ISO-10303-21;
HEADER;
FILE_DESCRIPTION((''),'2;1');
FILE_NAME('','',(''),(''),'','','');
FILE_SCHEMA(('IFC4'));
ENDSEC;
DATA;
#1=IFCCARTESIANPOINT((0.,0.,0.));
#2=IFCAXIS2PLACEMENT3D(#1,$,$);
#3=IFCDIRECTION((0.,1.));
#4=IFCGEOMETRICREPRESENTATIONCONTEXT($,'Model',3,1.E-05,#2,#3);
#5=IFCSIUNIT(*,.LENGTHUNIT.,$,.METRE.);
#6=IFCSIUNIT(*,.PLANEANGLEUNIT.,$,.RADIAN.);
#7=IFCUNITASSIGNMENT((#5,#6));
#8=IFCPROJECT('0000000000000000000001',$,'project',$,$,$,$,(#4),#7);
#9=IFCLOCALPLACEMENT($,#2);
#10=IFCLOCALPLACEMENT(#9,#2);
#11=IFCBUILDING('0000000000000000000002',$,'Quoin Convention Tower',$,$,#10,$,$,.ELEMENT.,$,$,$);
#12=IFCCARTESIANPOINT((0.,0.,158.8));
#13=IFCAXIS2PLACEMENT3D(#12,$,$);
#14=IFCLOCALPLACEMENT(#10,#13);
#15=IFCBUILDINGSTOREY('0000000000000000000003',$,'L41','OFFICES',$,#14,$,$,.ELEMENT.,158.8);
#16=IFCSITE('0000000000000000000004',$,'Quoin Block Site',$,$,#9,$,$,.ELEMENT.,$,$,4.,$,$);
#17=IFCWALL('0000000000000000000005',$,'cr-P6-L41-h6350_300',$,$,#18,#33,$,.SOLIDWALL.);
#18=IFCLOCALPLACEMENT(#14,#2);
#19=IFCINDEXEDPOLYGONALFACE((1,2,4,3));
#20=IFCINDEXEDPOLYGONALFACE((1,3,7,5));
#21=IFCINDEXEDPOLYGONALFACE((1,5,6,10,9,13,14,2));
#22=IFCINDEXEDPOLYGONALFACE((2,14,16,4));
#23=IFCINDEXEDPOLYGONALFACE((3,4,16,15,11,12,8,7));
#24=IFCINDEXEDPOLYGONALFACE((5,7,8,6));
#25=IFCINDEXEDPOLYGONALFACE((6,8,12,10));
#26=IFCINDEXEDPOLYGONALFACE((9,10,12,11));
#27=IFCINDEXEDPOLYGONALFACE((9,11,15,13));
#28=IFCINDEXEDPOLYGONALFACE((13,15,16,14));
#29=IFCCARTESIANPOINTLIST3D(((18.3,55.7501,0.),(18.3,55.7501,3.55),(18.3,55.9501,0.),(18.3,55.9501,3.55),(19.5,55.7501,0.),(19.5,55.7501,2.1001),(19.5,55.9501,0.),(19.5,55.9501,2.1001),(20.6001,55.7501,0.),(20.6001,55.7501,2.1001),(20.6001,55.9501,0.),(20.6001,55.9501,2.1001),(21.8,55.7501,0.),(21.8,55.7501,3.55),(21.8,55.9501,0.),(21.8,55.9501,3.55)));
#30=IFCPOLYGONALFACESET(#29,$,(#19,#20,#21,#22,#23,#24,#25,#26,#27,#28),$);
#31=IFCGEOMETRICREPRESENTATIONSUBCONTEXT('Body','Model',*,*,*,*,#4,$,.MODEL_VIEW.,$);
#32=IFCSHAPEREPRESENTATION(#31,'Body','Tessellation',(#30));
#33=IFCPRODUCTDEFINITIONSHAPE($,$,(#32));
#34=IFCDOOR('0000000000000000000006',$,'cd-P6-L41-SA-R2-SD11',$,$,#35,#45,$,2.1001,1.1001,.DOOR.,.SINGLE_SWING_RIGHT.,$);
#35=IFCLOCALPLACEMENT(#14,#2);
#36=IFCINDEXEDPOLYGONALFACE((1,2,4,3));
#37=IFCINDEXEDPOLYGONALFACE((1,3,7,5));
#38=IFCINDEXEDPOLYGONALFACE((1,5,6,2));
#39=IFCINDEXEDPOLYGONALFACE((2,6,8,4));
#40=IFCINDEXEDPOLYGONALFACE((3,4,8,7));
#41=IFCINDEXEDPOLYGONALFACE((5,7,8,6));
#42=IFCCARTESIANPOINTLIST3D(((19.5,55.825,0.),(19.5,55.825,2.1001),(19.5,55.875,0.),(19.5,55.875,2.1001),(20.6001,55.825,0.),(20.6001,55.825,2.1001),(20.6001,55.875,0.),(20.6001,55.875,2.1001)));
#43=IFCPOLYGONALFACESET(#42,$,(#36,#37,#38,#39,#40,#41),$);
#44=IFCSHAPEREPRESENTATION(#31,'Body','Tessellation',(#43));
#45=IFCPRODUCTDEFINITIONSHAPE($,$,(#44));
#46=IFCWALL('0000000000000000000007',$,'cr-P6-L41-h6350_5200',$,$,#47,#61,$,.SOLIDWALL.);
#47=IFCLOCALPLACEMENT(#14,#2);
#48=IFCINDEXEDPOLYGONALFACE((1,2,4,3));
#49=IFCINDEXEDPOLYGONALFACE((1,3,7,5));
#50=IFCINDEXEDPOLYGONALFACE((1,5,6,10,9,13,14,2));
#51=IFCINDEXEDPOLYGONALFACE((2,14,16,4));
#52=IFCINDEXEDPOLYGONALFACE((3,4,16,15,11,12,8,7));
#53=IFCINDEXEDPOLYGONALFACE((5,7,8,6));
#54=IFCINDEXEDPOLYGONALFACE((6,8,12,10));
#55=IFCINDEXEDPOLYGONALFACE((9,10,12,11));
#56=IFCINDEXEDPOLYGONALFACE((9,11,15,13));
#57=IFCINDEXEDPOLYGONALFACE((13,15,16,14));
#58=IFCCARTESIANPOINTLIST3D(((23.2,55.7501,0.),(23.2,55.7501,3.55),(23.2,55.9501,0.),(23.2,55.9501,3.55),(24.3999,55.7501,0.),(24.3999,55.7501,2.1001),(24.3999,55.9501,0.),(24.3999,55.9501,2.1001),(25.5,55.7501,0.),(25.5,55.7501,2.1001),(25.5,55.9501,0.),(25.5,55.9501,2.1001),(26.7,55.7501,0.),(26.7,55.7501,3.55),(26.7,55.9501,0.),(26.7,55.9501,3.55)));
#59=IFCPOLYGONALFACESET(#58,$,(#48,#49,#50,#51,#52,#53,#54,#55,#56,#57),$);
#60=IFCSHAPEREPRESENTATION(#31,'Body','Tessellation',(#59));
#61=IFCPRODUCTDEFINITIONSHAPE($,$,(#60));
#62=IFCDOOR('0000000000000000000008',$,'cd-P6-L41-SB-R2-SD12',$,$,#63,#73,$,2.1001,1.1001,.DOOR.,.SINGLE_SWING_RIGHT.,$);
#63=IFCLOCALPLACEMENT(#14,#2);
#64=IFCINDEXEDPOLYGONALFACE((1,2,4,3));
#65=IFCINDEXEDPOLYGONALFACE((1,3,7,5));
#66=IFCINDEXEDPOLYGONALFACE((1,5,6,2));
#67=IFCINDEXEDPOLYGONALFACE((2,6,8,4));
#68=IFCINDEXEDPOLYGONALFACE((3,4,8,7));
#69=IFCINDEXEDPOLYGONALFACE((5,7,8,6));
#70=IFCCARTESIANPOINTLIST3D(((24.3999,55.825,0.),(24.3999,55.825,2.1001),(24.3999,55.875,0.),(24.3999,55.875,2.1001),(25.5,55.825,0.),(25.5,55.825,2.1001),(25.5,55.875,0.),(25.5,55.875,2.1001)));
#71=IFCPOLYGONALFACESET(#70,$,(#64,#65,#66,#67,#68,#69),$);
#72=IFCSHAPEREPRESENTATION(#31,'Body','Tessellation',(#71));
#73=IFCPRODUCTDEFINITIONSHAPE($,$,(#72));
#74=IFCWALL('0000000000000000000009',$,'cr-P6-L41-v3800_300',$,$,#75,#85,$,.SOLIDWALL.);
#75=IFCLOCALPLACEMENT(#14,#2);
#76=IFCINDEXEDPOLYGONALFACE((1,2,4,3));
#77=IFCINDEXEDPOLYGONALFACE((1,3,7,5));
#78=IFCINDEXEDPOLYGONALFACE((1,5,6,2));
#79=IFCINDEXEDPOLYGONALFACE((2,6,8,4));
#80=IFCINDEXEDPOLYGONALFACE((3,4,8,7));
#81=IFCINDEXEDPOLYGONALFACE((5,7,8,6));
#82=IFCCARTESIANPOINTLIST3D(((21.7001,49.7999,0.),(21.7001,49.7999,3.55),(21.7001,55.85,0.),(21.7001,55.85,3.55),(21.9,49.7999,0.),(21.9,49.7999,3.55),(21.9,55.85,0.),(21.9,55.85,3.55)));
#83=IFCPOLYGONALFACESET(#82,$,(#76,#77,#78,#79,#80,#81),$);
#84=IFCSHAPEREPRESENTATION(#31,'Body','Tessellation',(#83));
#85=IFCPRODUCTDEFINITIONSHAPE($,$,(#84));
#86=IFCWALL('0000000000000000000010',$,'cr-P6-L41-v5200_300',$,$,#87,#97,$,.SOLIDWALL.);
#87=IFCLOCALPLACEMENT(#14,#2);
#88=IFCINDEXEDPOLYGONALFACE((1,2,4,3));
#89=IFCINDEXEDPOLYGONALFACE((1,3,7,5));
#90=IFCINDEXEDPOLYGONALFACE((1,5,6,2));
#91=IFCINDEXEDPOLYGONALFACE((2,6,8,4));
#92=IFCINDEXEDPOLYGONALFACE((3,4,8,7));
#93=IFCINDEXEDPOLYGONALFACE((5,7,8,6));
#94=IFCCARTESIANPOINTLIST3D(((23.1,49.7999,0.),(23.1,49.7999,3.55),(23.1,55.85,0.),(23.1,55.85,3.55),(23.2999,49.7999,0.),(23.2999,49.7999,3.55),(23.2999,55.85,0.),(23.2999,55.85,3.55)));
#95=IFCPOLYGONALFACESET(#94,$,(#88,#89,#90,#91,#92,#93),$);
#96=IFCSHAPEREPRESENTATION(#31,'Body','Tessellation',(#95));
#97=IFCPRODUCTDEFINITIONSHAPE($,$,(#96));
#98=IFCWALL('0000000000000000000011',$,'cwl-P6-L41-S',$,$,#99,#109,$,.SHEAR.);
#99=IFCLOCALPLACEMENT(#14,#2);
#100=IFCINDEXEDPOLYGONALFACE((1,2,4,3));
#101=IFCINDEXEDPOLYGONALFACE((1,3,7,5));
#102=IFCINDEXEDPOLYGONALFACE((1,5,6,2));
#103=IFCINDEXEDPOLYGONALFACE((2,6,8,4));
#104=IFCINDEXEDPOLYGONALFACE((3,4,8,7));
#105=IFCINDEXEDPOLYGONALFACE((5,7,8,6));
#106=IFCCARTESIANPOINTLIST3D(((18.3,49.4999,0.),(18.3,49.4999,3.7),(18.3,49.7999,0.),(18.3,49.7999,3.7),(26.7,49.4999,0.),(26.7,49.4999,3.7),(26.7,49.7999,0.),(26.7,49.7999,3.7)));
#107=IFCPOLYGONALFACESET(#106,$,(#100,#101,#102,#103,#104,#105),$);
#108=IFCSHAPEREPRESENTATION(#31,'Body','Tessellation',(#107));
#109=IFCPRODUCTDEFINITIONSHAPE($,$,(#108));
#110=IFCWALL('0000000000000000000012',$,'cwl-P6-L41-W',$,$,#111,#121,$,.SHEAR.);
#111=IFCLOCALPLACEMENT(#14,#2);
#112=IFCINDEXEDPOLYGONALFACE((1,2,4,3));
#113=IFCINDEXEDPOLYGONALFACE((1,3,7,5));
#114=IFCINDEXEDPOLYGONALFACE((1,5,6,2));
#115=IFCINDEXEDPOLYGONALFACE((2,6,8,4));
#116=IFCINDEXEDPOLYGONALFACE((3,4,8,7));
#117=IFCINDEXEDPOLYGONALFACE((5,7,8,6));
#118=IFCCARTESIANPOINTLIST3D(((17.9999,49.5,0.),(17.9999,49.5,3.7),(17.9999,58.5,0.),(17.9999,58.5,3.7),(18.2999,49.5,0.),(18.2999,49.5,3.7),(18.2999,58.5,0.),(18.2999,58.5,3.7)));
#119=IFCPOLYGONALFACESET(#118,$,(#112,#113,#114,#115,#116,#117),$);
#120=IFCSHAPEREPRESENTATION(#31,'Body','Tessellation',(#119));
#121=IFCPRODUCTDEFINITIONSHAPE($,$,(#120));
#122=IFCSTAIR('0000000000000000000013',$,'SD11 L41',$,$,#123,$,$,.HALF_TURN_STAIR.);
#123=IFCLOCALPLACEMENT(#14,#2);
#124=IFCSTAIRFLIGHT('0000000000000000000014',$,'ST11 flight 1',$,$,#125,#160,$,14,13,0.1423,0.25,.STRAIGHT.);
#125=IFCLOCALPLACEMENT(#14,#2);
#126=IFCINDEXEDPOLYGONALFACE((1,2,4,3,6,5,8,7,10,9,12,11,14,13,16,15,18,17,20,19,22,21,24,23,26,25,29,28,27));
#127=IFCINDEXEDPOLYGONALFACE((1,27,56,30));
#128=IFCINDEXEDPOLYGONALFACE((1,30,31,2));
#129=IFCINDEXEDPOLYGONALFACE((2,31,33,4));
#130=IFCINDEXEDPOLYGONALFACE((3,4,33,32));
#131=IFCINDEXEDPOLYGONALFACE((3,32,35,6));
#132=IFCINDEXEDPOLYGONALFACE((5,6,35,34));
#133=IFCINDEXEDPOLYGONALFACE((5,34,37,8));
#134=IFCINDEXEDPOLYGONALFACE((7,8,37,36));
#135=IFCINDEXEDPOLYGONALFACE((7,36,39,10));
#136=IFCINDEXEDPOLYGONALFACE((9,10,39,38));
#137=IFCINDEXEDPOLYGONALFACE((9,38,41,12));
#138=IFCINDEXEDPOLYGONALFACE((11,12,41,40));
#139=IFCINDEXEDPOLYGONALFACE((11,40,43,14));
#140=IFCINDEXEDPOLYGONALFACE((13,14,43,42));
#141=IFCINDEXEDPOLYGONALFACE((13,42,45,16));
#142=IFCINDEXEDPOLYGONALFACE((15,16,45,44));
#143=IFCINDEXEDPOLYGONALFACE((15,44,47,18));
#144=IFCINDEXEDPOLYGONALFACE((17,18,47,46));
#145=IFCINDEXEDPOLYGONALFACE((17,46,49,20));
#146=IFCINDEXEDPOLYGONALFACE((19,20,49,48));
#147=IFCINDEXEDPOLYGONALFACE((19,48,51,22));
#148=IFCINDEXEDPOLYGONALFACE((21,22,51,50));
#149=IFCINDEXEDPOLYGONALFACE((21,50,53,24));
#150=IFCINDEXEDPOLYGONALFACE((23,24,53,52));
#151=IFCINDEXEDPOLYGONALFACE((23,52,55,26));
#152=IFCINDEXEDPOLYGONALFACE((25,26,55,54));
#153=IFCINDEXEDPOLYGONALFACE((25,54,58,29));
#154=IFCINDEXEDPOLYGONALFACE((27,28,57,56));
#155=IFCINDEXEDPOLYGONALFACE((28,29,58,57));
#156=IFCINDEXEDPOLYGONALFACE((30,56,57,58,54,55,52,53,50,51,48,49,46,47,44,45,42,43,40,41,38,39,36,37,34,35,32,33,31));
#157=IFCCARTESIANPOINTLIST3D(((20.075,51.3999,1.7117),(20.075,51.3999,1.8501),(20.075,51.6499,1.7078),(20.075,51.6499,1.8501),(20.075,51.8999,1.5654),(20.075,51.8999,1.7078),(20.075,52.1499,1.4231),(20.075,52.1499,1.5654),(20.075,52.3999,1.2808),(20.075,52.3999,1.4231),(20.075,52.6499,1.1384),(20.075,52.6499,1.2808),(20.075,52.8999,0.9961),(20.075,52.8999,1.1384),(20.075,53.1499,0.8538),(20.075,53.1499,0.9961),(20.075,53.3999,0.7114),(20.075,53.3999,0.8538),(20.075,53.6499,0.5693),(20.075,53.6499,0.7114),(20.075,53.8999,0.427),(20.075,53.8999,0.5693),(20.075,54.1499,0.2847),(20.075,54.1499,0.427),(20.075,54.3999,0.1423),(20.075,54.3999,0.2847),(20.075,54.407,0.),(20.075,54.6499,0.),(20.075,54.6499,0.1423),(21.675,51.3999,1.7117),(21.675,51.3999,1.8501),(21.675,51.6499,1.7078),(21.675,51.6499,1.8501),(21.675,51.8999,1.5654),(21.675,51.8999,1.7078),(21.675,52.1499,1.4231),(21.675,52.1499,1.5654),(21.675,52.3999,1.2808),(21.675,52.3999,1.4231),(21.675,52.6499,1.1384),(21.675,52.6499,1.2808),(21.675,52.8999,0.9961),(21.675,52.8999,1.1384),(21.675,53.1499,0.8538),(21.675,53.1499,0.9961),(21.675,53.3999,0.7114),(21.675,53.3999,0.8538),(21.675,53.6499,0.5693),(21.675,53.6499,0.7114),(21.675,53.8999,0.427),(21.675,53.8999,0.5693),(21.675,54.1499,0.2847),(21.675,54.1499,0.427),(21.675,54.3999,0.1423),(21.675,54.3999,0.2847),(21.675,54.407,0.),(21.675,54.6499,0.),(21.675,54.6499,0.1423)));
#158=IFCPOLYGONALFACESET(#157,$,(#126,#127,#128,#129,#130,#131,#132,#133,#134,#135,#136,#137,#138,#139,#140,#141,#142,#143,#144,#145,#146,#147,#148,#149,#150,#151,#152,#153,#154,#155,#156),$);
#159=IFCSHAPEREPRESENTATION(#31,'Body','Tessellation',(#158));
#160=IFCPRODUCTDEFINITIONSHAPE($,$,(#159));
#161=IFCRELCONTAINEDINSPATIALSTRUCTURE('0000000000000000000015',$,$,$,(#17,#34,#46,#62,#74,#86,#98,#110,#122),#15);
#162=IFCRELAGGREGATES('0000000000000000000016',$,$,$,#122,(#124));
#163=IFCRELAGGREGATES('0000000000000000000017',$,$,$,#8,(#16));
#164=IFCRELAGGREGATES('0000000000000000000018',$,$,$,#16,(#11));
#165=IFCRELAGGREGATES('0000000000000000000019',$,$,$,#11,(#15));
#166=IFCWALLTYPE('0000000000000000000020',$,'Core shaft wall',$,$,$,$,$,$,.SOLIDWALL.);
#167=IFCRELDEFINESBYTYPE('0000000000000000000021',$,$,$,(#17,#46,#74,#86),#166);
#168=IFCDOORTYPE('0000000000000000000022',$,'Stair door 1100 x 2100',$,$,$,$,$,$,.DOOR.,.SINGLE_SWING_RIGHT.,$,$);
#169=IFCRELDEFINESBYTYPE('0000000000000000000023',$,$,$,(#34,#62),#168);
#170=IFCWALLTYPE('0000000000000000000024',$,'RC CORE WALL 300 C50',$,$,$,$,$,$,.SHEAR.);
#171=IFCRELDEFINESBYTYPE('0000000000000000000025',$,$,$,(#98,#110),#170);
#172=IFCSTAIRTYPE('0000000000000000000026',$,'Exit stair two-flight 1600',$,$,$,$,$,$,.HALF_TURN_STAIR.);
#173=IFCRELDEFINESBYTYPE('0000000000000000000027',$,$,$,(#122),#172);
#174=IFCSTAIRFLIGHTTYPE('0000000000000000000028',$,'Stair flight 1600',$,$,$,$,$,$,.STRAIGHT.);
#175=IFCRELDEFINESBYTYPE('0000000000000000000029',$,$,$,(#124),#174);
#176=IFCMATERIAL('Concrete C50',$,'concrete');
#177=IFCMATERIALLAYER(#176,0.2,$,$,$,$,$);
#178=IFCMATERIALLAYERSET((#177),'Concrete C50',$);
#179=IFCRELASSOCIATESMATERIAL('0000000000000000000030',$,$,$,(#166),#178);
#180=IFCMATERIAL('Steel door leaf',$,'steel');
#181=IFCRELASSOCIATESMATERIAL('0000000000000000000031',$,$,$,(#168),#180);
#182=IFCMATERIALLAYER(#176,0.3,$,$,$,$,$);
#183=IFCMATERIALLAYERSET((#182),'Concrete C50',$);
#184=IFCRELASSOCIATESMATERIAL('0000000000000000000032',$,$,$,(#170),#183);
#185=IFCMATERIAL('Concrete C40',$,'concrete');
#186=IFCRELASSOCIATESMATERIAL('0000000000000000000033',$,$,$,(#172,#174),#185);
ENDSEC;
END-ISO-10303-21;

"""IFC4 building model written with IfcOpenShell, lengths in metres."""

from ifc_helpers import new_model, si_unit, direction, frame, frame_2d, origin, place, context, subcontext, project, spatial, polyline, rectangle, outline, extrude, material, layer, layer_set, type_object, element, fill, aggregate, save


model = new_model("IFC4")

# Units and contexts
model_context = context("Model", 3, precision=1e-05, world=origin(), true_north=direction((0.0, 1.0)))
body_context = subcontext(model_context, "Body", "Model", "MODEL_VIEW")
ifc_project = project(units=[si_unit("LENGTHUNIT", "METRE"), si_unit("PLANEANGLEUNIT", "RADIAN")], contexts=[model_context])

# Site, building, storey
site_placement = place(None, origin())
site = spatial("IfcSite", under=ifc_project, at=site_placement, Name="Quoin Block Site", CompositionType="ELEMENT", RefElevation=4.0)
building_placement = place(site_placement, origin())
building = spatial("IfcBuilding", under=site, at=building_placement, Name="Quoin Convention Tower", CompositionType="ELEMENT")
storey_placement = place(building_placement, frame((0.0, 0.0, 158.8)))
storey = spatial("IfcBuildingStorey", under=building, at=storey_placement, Name="L41", Description="OFFICES", CompositionType="ELEMENT", Elevation=158.8)

# Shared definitions
ifc_material_1 = material(Name="Concrete C50", Category="concrete")

# Shared definitions
ifc_layer_1 = layer(ifc_material_1, 0.2)
ifc_layer_set_1 = layer_set([ifc_layer_1], Name="Concrete C50")
wall_type_1 = type_object("IfcWallType", Name="Core shaft wall", PredefinedType="SOLIDWALL", material=ifc_layer_set_1)

# Walls, openings, doors
wall_1_placement = place(storey_placement, frame((18.3, 55.8501, 0.0), z_axis=(0.0, 0.0, 1.0), x_axis=(1.0, 0.0, 0.0)))
wall_1 = element("IfcWall", 1, at=wall_1_placement, inside=storey, type_object=wall_type_1, Name="cr-P6-L41-h6350_300", PredefinedType="SOLIDWALL", context=body_context, shape_type="SweptSolid", body=[
    extrude(rectangle(XDim=3.5, YDim=0.2, at=frame_2d((1.75, 0.0))), origin(), (0.0, 0.0, 1.0), 3.55),
])
opening_1_placement = place(wall_1_placement, frame((1.2, 0.0, 0.0)))
opening_1 = element("IfcOpeningElement", 2, at=opening_1_placement, cuts=wall_1, PredefinedType="OPENING", context=body_context, shape_type="SweptSolid", body=[
    extrude(rectangle(XDim=1.1001, YDim=2.1001, at=frame_2d((0.55, 1.05))), frame((0.0, 0.1099, 0.0), z_axis=(0.0, -1.0, 0.0), x_axis=(1.0, 0.0, 0.0)), (0.0, 0.0, 1.0), 0.22),
])
ifc_material_2 = material(Name="Steel door leaf", Category="steel")
door_type = type_object("IfcDoorType", Name="Stair door 1100 x 2100", OperationType="SINGLE_SWING_RIGHT", PredefinedType="DOOR", material=ifc_material_2)
door_1_placement = place(opening_1_placement, origin())
door_1 = element("IfcDoor", 3, at=door_1_placement, inside=storey, type_object=door_type, Name="cd-P6-L41-SA-R2-SD11", OperationType="SINGLE_SWING_RIGHT", OverallHeight=2.1001, OverallWidth=1.1001, PredefinedType="DOOR", context=body_context, shape_type="SweptSolid", body=[
    extrude(rectangle(XDim=1.1001, YDim=2.1001, at=frame_2d((0.55, 1.05))), frame((0.0, 0.0249, 0.0), z_axis=(0.0, -1.0, 0.0), x_axis=(1.0, 0.0, 0.0)), (0.0, 0.0, 1.0), 0.05),
])
fill(opening_1, door_1)
wall_2_placement = place(storey_placement, frame((23.2, 55.8501, 0.0), z_axis=(0.0, 0.0, 1.0), x_axis=(1.0, 0.0, 0.0)))
wall_2 = element("IfcWall", 4, at=wall_2_placement, inside=storey, type_object=wall_type_1, Name="cr-P6-L41-h6350_5200", PredefinedType="SOLIDWALL", context=body_context, shape_type="SweptSolid", body=[
    extrude(rectangle(XDim=3.5, YDim=0.2, at=frame_2d((1.75, 0.0))), origin(), (0.0, 0.0, 1.0), 3.55),
])
opening_2_placement = place(wall_2_placement, frame((1.2, 0.0, 0.0)))
opening_2 = element("IfcOpeningElement", 5, at=opening_2_placement, cuts=wall_2, PredefinedType="OPENING", context=body_context, shape_type="SweptSolid", body=[
    extrude(rectangle(XDim=1.1001, YDim=2.1001, at=frame_2d((0.55, 1.05))), frame((0.0, 0.1099, 0.0), z_axis=(0.0, -1.0, 0.0), x_axis=(1.0, 0.0, 0.0)), (0.0, 0.0, 1.0), 0.22),
])
door_2_placement = place(opening_2_placement, origin())
door_2 = element("IfcDoor", 6, at=door_2_placement, inside=storey, type_object=door_type, Name="cd-P6-L41-SB-R2-SD12", OperationType="SINGLE_SWING_RIGHT", OverallHeight=2.1001, OverallWidth=1.1001, PredefinedType="DOOR", context=body_context, shape_type="SweptSolid", body=[
    extrude(rectangle(XDim=1.1001, YDim=2.1001, at=frame_2d((0.55, 1.05))), frame((0.0, 0.0249, 0.0), z_axis=(0.0, -1.0, 0.0), x_axis=(1.0, 0.0, 0.0)), (0.0, 0.0, 1.0), 0.05),
])
fill(opening_2, door_2)

# Walls
for number, where, z_axis, x_axis, name in (
    (7, (21.8, 49.8, 0.0), (0.0, 0.0, 1.0), (0.0, 1.0, 0.0), "cr-P6-L41-v3800_300"),
    (8, (23.2, 49.8, 0.0), (0.0, 0.0, 1.0), (0.0, 1.0, 0.0), "cr-P6-L41-v5200_300"),
):
    element("IfcWall", number, at=place(storey_placement, frame(where, z_axis=z_axis, x_axis=x_axis)), inside=storey, type_object=wall_type_1, Name=name, PredefinedType="SOLIDWALL", context=body_context, shape_type="SweptSolid", body=[
        extrude(rectangle(XDim=6.05, YDim=0.2, at=frame_2d((3.0249, 0.0))), origin(), (0.0, 0.0, 1.0), 3.55),
    ])
ifc_layer_2 = layer(ifc_material_1, 0.3)
ifc_layer_set_2 = layer_set([ifc_layer_2], Name="Concrete C50")
wall_type_2 = type_object("IfcWallType", Name="RC CORE WALL 300 C50", PredefinedType="SHEAR", material=ifc_layer_set_2)
wall_3_placement = place(storey_placement, frame((18.3, 49.6499, 0.0), z_axis=(0.0, 0.0, 1.0), x_axis=(1.0, 0.0, 0.0)))
element("IfcWall", 9, at=wall_3_placement, inside=storey, type_object=wall_type_2, Name="cwl-P6-L41-S", PredefinedType="SHEAR", context=body_context, shape_type="SweptSolid", body=[
    extrude(rectangle(XDim=8.3999, YDim=0.3, at=frame_2d((4.2, 0.0))), origin(), (0.0, 0.0, 1.0), 3.7),
])
wall_4_placement = place(storey_placement, frame((18.1499, 49.5, 0.0), z_axis=(0.0, 0.0, 1.0), x_axis=(0.0, 1.0, 0.0)))
element("IfcWall", 10, at=wall_4_placement, inside=storey, type_object=wall_type_2, Name="cwl-P6-L41-W", PredefinedType="SHEAR", context=body_context, shape_type="SweptSolid", body=[
    extrude(rectangle(XDim=9.0, YDim=0.3, at=frame_2d((4.5, 0.0))), origin(), (0.0, 0.0, 1.0), 3.7),
])

# Stair, stair flight
ifc_material_3 = material(Name="Concrete C40", Category="concrete")
stair_type = type_object("IfcStairType", Name="Exit stair two-flight 1600", PredefinedType="HALF_TURN_STAIR", material=ifc_material_3)
stair_1_placement = place(storey_placement, origin())
stair_1 = element("IfcStair", 11, at=stair_1_placement, inside=storey, type_object=stair_type, Name="SD11 L41", PredefinedType="HALF_TURN_STAIR")
stair_flight_type = type_object("IfcStairFlightType", Name="Stair flight 1600", PredefinedType="STRAIGHT", material=ifc_material_3)
stair_flight_1_placement = place(storey_placement, frame((20.875, 54.6499, 0.0), z_axis=(0.0, 0.0, 1.0), x_axis=(0.0, -1.0, 0.0)))
stair_flight_1 = element("IfcStairFlight", 12, at=stair_flight_1_placement, type_object=stair_flight_type, Name="ST11 flight 1", NumberOfRisers=14, NumberOfTreads=13, PredefinedType="STRAIGHT", RiserHeight=0.1423, TreadLength=0.25, context=body_context, shape_type="SweptSolid", body=[
    extrude(outline(polyline([(0.0, 0.0), (0.0, 0.1423), (0.25, 0.1423), (0.25, 0.2847), (0.5, 0.2847), (0.5, 0.427), (0.75, 0.427), (0.75, 0.5693), (1.0, 0.5693), (1.0, 0.7114), (1.25, 0.7114), (1.25, 0.8538), (1.5, 0.8538), (1.5, 0.9961), (1.75, 0.9961), (1.75, 1.1384), (2.0, 1.1384), (2.0, 1.2808), (2.25, 1.2808), (2.25, 1.4231), (2.5, 1.4231), (2.5, 1.5654), (2.75, 1.5654), (2.75, 1.7078), (3.0, 1.7078), (3.0, 1.8501), (3.25, 1.8501), (3.25, 1.9922), (3.25, 1.7117), (0.2429, 0.0), (0.0, 0.0)])), frame((0.0, 0.8, 0.0), z_axis=(0.0, -1.0, 0.0), x_axis=(1.0, 0.0, 0.0)), (0.0, 0.0, 1.0), 1.6001),
])
aggregate(stair_1, [stair_flight_1])

save(model, "model.ifc")
